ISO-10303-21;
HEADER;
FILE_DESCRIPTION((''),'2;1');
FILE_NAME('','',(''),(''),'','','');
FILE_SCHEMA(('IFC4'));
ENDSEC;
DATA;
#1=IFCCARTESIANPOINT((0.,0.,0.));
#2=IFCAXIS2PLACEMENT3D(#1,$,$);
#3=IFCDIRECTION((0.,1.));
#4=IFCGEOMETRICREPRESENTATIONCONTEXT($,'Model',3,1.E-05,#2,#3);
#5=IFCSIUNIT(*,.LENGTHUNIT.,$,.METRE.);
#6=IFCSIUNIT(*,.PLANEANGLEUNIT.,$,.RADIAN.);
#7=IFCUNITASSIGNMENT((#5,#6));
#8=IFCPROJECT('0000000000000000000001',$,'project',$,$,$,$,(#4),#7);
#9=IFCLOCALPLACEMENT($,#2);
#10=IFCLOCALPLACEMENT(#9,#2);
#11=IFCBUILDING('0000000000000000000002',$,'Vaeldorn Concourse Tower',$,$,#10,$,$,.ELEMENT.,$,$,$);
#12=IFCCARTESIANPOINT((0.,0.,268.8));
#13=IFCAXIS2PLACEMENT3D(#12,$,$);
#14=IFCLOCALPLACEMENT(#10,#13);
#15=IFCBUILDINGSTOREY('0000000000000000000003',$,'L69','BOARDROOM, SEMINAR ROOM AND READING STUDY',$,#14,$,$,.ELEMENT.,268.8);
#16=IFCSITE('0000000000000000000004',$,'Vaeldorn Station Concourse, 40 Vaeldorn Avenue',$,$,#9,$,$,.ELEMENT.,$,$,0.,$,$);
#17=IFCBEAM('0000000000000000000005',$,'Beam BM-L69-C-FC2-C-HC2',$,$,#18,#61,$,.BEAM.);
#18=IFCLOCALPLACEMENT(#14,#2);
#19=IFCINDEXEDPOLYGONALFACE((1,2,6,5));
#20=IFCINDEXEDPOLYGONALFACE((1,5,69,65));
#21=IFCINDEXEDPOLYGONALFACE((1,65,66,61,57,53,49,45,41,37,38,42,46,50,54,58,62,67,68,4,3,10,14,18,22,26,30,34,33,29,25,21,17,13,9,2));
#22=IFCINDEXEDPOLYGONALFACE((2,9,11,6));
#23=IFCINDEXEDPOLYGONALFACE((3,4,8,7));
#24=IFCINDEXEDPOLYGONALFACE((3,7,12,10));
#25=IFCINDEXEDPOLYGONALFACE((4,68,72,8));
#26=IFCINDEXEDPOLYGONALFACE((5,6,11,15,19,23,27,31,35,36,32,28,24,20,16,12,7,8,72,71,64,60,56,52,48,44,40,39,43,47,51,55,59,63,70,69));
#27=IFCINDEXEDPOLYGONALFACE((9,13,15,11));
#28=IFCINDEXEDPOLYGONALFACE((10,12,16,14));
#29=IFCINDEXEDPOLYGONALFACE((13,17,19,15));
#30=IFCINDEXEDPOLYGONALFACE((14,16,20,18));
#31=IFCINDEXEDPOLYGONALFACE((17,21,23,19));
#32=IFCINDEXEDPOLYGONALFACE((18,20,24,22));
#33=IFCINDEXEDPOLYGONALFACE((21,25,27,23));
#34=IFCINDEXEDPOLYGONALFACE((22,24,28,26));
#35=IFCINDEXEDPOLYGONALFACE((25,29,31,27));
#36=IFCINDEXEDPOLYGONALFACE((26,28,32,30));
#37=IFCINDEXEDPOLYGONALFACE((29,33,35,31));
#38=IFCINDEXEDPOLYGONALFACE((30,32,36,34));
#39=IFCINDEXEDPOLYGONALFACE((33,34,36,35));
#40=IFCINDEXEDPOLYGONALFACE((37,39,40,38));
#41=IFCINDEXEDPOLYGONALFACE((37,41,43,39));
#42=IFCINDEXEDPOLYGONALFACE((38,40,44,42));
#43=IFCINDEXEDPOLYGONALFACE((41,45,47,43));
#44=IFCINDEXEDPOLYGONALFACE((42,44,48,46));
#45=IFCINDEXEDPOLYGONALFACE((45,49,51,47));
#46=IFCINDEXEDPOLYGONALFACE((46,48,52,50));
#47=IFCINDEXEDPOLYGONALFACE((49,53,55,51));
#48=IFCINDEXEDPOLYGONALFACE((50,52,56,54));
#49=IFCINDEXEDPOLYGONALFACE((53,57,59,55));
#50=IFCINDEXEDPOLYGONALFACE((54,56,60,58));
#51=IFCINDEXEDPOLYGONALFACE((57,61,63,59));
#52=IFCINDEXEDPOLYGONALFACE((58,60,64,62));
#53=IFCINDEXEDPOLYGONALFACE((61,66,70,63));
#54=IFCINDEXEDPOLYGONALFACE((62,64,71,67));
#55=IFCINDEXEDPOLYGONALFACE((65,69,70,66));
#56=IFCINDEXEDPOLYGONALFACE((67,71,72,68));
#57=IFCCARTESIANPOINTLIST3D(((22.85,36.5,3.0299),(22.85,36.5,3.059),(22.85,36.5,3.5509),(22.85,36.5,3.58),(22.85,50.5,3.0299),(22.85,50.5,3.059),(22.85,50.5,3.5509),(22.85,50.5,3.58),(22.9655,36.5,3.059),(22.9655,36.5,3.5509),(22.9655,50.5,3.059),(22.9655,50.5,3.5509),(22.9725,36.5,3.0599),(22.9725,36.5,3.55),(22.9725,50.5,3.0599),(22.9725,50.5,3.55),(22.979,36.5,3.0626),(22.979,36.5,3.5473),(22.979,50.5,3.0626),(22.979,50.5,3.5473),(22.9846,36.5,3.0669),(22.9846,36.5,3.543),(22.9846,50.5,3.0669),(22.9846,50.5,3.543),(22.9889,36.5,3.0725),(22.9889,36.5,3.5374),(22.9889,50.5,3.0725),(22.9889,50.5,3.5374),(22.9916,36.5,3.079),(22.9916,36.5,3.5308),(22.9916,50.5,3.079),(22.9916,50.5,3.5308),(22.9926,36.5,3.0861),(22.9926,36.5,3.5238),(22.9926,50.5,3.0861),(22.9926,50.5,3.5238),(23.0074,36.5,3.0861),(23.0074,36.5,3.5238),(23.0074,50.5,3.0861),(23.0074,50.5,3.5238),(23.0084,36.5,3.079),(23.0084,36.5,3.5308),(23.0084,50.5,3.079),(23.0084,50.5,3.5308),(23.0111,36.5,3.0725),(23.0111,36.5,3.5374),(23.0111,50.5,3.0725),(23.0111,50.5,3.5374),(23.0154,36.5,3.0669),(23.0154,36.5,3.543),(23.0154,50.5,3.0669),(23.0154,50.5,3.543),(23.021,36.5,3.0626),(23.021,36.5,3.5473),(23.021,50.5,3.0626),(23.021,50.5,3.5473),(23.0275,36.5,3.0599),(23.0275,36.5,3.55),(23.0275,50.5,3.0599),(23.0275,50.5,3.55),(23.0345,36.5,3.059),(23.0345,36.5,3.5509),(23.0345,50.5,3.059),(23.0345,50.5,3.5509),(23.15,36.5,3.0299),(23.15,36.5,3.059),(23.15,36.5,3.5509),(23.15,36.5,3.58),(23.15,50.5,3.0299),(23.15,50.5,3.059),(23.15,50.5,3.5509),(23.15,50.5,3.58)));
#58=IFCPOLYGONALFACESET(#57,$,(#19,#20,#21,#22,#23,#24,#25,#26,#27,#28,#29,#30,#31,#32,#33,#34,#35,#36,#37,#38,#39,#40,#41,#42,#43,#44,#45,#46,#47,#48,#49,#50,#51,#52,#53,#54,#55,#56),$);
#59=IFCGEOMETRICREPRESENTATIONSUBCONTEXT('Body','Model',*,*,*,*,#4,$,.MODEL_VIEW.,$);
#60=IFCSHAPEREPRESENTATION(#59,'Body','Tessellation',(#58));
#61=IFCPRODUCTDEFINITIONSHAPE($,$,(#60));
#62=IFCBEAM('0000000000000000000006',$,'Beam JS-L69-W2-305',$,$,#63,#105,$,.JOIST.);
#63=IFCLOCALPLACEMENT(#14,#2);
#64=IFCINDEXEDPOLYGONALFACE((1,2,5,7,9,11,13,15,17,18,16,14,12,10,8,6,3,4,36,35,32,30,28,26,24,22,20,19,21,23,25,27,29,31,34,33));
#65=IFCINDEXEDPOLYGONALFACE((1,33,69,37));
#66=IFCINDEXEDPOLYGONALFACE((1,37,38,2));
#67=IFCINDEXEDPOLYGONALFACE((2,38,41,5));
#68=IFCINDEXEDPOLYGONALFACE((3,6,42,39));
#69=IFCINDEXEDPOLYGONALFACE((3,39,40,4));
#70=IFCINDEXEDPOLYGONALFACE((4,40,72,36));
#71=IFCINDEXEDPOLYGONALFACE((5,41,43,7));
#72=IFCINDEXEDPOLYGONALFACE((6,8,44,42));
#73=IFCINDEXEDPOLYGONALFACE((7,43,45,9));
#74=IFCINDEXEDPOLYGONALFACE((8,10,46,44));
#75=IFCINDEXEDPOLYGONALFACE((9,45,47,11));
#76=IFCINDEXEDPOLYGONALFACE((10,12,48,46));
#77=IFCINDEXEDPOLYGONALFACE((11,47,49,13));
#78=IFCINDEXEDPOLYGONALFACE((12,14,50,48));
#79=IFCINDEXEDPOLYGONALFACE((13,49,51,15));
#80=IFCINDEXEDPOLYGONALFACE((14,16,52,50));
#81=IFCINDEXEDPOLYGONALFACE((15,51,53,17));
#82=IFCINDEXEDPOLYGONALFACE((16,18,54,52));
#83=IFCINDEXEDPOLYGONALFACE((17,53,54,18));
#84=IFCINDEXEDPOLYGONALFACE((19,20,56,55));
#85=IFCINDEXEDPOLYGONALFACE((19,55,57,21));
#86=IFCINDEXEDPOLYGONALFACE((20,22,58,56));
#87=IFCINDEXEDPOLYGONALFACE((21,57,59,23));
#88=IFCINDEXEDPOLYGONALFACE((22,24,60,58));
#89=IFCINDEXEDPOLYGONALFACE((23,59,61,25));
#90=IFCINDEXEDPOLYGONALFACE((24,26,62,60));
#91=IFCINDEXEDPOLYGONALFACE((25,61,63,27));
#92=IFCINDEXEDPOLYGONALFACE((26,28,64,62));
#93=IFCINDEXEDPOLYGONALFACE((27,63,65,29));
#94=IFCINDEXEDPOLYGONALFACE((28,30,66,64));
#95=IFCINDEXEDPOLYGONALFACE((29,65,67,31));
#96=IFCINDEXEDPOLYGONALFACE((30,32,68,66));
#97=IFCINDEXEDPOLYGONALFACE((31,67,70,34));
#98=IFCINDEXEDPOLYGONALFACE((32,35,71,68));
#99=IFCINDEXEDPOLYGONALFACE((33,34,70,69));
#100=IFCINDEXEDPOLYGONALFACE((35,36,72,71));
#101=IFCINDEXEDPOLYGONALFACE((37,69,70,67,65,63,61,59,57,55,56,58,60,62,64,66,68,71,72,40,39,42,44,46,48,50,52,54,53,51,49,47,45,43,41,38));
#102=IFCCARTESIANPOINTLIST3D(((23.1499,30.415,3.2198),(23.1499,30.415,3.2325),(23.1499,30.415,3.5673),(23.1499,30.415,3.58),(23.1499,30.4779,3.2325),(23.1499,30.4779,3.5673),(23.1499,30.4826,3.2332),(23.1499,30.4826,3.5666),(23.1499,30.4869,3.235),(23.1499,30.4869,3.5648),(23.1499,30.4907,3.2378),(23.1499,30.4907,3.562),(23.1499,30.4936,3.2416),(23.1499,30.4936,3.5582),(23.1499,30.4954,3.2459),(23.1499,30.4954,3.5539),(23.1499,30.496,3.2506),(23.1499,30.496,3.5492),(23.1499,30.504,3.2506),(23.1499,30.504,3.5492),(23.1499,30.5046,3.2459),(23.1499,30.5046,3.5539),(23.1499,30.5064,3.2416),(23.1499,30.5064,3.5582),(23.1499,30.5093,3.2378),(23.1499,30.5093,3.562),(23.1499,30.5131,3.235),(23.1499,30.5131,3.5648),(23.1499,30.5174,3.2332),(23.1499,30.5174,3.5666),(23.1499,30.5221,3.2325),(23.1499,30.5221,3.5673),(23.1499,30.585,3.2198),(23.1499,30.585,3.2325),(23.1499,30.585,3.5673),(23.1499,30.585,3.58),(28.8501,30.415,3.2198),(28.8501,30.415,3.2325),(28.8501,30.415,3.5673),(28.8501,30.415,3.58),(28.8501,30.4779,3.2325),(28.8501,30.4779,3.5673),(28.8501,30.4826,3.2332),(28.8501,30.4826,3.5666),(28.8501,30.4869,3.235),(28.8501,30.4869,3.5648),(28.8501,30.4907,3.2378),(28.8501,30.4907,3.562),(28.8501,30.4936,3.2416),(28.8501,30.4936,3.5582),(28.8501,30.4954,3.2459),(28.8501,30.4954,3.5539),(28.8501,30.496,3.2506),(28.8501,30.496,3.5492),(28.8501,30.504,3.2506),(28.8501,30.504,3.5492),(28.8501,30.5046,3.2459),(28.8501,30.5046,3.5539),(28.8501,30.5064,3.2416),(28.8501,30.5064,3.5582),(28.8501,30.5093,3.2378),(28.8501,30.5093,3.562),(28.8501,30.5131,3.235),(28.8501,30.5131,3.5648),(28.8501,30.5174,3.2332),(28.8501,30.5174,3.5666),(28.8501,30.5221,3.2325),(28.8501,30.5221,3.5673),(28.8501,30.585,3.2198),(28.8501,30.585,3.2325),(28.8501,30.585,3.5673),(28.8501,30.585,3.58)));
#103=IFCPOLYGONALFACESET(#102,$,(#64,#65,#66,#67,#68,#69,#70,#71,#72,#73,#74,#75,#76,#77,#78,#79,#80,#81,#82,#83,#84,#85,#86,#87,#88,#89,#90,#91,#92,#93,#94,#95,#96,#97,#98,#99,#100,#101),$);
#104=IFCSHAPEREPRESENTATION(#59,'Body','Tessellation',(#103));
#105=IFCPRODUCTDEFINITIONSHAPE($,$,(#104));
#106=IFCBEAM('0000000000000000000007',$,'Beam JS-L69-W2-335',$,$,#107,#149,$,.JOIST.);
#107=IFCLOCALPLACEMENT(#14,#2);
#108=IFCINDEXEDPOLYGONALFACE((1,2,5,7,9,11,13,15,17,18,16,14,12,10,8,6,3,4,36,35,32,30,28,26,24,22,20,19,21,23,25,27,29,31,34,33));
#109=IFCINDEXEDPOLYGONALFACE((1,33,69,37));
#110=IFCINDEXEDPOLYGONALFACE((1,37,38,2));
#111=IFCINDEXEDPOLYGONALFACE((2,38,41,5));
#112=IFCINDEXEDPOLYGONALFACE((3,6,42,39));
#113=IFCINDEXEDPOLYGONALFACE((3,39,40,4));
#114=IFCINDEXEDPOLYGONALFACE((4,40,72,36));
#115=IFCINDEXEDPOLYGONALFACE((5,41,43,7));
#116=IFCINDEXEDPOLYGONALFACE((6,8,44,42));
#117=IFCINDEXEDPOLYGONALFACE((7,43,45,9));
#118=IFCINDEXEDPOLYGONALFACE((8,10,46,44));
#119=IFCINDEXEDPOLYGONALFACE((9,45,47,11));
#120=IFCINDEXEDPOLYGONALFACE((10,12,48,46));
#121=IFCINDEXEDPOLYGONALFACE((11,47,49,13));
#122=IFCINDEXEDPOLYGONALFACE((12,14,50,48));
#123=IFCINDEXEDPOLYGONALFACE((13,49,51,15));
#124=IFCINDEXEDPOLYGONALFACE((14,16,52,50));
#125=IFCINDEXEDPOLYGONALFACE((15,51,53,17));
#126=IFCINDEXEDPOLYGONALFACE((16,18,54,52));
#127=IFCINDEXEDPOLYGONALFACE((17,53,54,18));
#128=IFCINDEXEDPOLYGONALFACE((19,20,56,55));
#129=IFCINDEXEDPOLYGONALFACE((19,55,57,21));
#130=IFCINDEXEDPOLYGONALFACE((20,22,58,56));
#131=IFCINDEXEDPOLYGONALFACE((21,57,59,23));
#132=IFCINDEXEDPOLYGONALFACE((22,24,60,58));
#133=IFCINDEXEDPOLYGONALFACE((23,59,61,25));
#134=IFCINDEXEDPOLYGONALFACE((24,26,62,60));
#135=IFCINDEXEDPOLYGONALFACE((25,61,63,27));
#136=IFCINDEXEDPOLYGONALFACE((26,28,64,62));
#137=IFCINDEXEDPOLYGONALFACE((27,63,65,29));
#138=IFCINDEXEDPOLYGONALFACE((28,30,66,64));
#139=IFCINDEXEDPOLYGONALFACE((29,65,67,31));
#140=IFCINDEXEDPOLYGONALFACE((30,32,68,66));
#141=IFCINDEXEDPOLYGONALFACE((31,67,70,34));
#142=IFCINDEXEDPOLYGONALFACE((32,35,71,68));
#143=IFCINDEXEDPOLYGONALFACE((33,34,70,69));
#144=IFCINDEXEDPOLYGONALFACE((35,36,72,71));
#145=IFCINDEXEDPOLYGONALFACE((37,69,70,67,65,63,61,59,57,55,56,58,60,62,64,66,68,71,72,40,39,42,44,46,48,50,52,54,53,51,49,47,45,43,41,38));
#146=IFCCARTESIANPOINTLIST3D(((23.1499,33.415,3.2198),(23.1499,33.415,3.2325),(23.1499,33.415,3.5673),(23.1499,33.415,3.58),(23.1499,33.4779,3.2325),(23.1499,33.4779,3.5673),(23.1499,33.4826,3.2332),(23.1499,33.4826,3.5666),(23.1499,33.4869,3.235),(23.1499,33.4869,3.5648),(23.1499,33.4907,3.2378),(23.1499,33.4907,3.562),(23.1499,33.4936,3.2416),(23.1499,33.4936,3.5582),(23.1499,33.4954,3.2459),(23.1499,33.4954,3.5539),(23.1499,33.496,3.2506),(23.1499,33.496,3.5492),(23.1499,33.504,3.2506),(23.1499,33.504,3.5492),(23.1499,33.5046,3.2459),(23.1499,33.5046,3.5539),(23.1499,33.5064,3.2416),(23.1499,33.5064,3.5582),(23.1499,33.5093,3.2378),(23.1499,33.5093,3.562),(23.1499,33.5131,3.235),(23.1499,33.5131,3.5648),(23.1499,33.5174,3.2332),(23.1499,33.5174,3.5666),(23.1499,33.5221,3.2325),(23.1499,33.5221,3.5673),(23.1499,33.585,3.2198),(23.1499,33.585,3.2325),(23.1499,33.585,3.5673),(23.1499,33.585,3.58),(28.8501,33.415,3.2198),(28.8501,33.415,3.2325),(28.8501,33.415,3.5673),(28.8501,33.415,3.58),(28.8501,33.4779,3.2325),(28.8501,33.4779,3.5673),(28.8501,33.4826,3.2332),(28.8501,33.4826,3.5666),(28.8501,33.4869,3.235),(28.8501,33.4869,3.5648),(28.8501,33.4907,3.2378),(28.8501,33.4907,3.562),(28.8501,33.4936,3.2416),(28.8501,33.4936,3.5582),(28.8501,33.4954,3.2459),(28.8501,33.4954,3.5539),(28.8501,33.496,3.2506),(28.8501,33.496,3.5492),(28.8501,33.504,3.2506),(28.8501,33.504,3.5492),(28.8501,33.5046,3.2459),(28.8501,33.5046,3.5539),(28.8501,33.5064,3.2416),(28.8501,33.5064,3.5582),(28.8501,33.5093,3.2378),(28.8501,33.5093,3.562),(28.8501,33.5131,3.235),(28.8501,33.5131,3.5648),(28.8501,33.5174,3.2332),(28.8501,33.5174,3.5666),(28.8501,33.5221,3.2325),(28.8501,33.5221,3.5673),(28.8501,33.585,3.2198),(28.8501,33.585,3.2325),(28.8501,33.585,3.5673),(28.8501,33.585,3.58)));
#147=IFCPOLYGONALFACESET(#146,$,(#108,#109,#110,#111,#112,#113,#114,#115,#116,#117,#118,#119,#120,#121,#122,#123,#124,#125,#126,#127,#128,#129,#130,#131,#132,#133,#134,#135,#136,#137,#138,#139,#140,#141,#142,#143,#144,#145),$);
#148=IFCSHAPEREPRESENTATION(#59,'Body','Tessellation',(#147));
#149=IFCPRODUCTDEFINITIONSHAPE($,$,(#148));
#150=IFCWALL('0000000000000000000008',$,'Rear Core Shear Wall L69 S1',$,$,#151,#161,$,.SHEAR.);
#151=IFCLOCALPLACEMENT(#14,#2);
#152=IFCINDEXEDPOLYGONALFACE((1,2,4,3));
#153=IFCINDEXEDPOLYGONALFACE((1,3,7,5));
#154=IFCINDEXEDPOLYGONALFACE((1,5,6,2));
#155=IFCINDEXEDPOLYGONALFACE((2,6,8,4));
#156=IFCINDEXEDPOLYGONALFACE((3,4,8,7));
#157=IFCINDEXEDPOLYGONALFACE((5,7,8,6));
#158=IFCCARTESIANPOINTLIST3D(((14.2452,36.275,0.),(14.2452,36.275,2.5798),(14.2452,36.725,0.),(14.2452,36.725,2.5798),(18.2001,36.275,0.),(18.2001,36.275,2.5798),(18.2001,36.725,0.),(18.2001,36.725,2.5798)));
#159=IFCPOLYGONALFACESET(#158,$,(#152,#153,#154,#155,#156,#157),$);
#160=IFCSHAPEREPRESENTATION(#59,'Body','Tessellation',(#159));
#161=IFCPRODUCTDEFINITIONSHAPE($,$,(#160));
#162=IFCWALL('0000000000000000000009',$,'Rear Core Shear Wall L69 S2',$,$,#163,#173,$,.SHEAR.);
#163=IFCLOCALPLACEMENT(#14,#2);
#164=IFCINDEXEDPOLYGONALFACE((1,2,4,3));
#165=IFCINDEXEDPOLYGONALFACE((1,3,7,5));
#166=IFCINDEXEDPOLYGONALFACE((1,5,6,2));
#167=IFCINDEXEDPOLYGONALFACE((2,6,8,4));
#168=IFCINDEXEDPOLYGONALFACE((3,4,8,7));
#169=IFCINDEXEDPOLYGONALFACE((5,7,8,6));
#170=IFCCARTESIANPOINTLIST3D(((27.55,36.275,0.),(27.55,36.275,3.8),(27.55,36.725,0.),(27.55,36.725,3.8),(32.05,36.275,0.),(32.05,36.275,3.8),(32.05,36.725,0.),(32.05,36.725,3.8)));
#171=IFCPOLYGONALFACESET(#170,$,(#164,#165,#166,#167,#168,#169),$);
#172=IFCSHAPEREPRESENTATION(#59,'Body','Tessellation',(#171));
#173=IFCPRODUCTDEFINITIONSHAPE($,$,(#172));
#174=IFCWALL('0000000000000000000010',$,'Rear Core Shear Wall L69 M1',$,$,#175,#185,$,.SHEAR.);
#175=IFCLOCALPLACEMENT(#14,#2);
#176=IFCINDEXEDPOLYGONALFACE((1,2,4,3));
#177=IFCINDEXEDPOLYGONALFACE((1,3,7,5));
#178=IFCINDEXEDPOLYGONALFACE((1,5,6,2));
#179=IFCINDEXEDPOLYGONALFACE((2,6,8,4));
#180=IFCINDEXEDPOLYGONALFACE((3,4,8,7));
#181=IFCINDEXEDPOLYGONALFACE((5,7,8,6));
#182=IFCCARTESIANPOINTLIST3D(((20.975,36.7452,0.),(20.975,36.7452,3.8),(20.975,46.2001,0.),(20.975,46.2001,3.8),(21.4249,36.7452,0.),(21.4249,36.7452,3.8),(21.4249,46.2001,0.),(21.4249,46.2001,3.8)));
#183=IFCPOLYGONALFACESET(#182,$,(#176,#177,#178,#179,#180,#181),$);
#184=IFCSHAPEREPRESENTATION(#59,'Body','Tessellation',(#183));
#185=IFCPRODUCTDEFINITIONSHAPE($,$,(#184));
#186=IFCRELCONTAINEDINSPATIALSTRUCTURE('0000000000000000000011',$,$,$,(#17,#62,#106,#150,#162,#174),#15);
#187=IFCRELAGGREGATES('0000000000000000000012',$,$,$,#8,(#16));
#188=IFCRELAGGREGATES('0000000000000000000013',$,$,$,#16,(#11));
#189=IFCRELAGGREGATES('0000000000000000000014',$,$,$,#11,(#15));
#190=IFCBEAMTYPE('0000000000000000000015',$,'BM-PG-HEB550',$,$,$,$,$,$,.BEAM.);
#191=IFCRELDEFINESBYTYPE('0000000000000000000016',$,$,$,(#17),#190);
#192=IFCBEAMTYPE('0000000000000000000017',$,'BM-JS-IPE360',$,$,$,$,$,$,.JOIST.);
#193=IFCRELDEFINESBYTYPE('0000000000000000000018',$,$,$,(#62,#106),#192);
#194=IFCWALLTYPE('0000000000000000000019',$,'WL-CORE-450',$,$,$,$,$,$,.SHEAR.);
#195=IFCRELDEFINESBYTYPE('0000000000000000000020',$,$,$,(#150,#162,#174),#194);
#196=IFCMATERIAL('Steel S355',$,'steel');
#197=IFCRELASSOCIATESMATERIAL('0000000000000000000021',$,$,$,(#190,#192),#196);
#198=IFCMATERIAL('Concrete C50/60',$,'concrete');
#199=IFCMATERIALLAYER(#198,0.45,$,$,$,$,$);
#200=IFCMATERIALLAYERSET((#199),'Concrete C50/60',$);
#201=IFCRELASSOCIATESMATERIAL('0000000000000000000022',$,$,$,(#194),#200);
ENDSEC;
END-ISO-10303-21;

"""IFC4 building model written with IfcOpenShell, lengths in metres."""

from ifc_helpers import new_model, si_unit, direction, frame, frame_2d, origin, origin_2d, place, context, subcontext, project, spatial, rectangle, i_section, extrude, source, transform, mapped, material, layer, layer_set, material_profile, profile_set, type_object, element, save


model = new_model("IFC4")

# Units and contexts
model_context = context("Model", 3, precision=1e-05, world=origin(), true_north=direction((0.0, 1.0)))
body_context = subcontext(model_context, "Body", "Model", "MODEL_VIEW")
ifc_project = project(units=[si_unit("LENGTHUNIT", "METRE"), si_unit("PLANEANGLEUNIT", "RADIAN")], contexts=[model_context])

# Site, building, storey
site_placement = place(None, origin())
site = spatial("IfcSite", under=ifc_project, at=site_placement, Name="Vaeldorn Station Concourse, 40 Vaeldorn Avenue", CompositionType="ELEMENT", RefElevation=0.0)
building_placement = place(site_placement, origin())
building = spatial("IfcBuilding", under=site, at=building_placement, Name="Vaeldorn Concourse Tower", CompositionType="ELEMENT")
storey_placement = place(building_placement, frame((0.0, 0.0, 268.8)))
storey = spatial("IfcBuildingStorey", under=building, at=storey_placement, Name="L69", Description="BOARDROOM, SEMINAR ROOM AND READING STUDY", CompositionType="ELEMENT", Elevation=268.8)

# Shared definitions
ifc_material_1 = material(Name="Steel S355", Category="steel")

# Beams
ifc_material_2 = material(Name="Concrete C50/60", Category="concrete")
ifc_material_profile_1 = material_profile(ifc_material_1, i_section(OverallWidth=0.3, OverallDepth=0.55, WebThickness=0.0149, FlangeThickness=0.0291, FilletRadius=0.0271, at=origin_2d()), Name="HEB 550")
ifc_profile_set_1 = profile_set([ifc_material_profile_1], Name="Steel S355")
beam_type_1 = type_object("IfcBeamType", Name="BM-PG-HEB550", PredefinedType="BEAM", material=ifc_profile_set_1)
shared_shape_1 = source(origin(), body_context, "Body", "SweptSolid", [
    extrude(i_section(OverallWidth=0.3, OverallDepth=0.55, WebThickness=0.0149, FlangeThickness=0.0291, FilletRadius=0.0271, at=origin_2d()), origin(), (0.0, 0.0, 1.0), 14.0),
])
for number, where, z_axis, x_axis, name in (
    (1, (23.0, 36.5, 3.3049), (0.0, 1.0, 0.0), (-1.0, 0.0, 0.0), "Beam BM-L69-C-FC2-C-HC2"),
):
    element("IfcBeam", number, at=place(storey_placement, frame(where, z_axis=z_axis, x_axis=x_axis)), inside=storey, type_object=beam_type_1, Name=name, PredefinedType="BEAM", context=body_context, shape_type="MappedRepresentation", body=[
        mapped(shared_shape_1, transform((0.0, 0.0, 0.0), scale=1.0)),
    ])
ifc_material_profile_2 = material_profile(ifc_material_1, i_section(OverallWidth=0.1699, OverallDepth=0.3601, WebThickness=0.0081, FlangeThickness=0.0127, FilletRadius=0.0181, at=origin_2d()), Name="IPE 360")
ifc_profile_set_2 = profile_set([ifc_material_profile_2], Name="Steel S355")
beam_type_2 = type_object("IfcBeamType", Name="BM-JS-IPE360", PredefinedType="JOIST", material=ifc_profile_set_2)
shared_shape_2 = source(origin(), body_context, "Body", "SweptSolid", [
    extrude(i_section(OverallWidth=0.1699, OverallDepth=0.3601, WebThickness=0.0081, FlangeThickness=0.0127, FilletRadius=0.0181, at=origin_2d()), origin(), (0.0, 0.0, 1.0), 5.7002),
])
for number, where, z_axis, x_axis, name in (
    (2, (23.1499, 30.5, 3.3999), (1.0, 0.0, 0.0), (0.0, 1.0, 0.0), "Beam JS-L69-W2-305"),
    (3, (23.1499, 33.5, 3.3999), (1.0, 0.0, 0.0), (0.0, 1.0, 0.0), "Beam JS-L69-W2-335"),
):
    element("IfcBeam", number, at=place(storey_placement, frame(where, z_axis=z_axis, x_axis=x_axis)), inside=storey, type_object=beam_type_2, Name=name, PredefinedType="JOIST", context=body_context, shape_type="MappedRepresentation", body=[
        mapped(shared_shape_2, transform((0.0, 0.0, 0.0), scale=1.0)),
    ])

# Walls
ifc_layer_1 = layer(ifc_material_2, 0.45)
ifc_layer_set_1 = layer_set([ifc_layer_1], Name="Concrete C50/60")
wall_type_1 = type_object("IfcWallType", Name="WL-CORE-450", PredefinedType="SHEAR", material=ifc_layer_set_1)
wall_1_placement = place(storey_placement, frame((14.2451, 36.5, 0.0), z_axis=(0.0, 0.0, 1.0), x_axis=(1.0, 0.0, 0.0)))
element("IfcWall", 4, at=wall_1_placement, inside=storey, type_object=wall_type_1, Name="Rear Core Shear Wall L69 S1", PredefinedType="SHEAR", context=body_context, shape_type="SweptSolid", body=[
    extrude(rectangle(XDim=3.9548, YDim=0.45, at=frame_2d((1.9775, 0.0))), origin(), (0.0, 0.0, 1.0), 2.5798),
])
wall_2_placement = place(storey_placement, frame((27.55, 36.5, 0.0), z_axis=(0.0, 0.0, 1.0), x_axis=(1.0, 0.0, 0.0)))
element("IfcWall", 5, at=wall_2_placement, inside=storey, type_object=wall_type_1, Name="Rear Core Shear Wall L69 S2", PredefinedType="SHEAR", context=body_context, shape_type="SweptSolid", body=[
    extrude(rectangle(XDim=4.5, YDim=0.45, at=frame_2d((2.25, 0.0))), origin(), (0.0, 0.0, 1.0), 3.8),
])
wall_3_placement = place(storey_placement, frame((21.2, 36.7451, 0.0), z_axis=(0.0, 0.0, 1.0), x_axis=(0.0, 1.0, 0.0)))
element("IfcWall", 6, at=wall_3_placement, inside=storey, type_object=wall_type_1, Name="Rear Core Shear Wall L69 M1", PredefinedType="SHEAR", context=body_context, shape_type="SweptSolid", body=[
    extrude(rectangle(XDim=9.4548, YDim=0.45, at=frame_2d((4.7275, 0.0))), origin(), (0.0, 0.0, 1.0), 3.8),
])

save(model, "model.ifc")
